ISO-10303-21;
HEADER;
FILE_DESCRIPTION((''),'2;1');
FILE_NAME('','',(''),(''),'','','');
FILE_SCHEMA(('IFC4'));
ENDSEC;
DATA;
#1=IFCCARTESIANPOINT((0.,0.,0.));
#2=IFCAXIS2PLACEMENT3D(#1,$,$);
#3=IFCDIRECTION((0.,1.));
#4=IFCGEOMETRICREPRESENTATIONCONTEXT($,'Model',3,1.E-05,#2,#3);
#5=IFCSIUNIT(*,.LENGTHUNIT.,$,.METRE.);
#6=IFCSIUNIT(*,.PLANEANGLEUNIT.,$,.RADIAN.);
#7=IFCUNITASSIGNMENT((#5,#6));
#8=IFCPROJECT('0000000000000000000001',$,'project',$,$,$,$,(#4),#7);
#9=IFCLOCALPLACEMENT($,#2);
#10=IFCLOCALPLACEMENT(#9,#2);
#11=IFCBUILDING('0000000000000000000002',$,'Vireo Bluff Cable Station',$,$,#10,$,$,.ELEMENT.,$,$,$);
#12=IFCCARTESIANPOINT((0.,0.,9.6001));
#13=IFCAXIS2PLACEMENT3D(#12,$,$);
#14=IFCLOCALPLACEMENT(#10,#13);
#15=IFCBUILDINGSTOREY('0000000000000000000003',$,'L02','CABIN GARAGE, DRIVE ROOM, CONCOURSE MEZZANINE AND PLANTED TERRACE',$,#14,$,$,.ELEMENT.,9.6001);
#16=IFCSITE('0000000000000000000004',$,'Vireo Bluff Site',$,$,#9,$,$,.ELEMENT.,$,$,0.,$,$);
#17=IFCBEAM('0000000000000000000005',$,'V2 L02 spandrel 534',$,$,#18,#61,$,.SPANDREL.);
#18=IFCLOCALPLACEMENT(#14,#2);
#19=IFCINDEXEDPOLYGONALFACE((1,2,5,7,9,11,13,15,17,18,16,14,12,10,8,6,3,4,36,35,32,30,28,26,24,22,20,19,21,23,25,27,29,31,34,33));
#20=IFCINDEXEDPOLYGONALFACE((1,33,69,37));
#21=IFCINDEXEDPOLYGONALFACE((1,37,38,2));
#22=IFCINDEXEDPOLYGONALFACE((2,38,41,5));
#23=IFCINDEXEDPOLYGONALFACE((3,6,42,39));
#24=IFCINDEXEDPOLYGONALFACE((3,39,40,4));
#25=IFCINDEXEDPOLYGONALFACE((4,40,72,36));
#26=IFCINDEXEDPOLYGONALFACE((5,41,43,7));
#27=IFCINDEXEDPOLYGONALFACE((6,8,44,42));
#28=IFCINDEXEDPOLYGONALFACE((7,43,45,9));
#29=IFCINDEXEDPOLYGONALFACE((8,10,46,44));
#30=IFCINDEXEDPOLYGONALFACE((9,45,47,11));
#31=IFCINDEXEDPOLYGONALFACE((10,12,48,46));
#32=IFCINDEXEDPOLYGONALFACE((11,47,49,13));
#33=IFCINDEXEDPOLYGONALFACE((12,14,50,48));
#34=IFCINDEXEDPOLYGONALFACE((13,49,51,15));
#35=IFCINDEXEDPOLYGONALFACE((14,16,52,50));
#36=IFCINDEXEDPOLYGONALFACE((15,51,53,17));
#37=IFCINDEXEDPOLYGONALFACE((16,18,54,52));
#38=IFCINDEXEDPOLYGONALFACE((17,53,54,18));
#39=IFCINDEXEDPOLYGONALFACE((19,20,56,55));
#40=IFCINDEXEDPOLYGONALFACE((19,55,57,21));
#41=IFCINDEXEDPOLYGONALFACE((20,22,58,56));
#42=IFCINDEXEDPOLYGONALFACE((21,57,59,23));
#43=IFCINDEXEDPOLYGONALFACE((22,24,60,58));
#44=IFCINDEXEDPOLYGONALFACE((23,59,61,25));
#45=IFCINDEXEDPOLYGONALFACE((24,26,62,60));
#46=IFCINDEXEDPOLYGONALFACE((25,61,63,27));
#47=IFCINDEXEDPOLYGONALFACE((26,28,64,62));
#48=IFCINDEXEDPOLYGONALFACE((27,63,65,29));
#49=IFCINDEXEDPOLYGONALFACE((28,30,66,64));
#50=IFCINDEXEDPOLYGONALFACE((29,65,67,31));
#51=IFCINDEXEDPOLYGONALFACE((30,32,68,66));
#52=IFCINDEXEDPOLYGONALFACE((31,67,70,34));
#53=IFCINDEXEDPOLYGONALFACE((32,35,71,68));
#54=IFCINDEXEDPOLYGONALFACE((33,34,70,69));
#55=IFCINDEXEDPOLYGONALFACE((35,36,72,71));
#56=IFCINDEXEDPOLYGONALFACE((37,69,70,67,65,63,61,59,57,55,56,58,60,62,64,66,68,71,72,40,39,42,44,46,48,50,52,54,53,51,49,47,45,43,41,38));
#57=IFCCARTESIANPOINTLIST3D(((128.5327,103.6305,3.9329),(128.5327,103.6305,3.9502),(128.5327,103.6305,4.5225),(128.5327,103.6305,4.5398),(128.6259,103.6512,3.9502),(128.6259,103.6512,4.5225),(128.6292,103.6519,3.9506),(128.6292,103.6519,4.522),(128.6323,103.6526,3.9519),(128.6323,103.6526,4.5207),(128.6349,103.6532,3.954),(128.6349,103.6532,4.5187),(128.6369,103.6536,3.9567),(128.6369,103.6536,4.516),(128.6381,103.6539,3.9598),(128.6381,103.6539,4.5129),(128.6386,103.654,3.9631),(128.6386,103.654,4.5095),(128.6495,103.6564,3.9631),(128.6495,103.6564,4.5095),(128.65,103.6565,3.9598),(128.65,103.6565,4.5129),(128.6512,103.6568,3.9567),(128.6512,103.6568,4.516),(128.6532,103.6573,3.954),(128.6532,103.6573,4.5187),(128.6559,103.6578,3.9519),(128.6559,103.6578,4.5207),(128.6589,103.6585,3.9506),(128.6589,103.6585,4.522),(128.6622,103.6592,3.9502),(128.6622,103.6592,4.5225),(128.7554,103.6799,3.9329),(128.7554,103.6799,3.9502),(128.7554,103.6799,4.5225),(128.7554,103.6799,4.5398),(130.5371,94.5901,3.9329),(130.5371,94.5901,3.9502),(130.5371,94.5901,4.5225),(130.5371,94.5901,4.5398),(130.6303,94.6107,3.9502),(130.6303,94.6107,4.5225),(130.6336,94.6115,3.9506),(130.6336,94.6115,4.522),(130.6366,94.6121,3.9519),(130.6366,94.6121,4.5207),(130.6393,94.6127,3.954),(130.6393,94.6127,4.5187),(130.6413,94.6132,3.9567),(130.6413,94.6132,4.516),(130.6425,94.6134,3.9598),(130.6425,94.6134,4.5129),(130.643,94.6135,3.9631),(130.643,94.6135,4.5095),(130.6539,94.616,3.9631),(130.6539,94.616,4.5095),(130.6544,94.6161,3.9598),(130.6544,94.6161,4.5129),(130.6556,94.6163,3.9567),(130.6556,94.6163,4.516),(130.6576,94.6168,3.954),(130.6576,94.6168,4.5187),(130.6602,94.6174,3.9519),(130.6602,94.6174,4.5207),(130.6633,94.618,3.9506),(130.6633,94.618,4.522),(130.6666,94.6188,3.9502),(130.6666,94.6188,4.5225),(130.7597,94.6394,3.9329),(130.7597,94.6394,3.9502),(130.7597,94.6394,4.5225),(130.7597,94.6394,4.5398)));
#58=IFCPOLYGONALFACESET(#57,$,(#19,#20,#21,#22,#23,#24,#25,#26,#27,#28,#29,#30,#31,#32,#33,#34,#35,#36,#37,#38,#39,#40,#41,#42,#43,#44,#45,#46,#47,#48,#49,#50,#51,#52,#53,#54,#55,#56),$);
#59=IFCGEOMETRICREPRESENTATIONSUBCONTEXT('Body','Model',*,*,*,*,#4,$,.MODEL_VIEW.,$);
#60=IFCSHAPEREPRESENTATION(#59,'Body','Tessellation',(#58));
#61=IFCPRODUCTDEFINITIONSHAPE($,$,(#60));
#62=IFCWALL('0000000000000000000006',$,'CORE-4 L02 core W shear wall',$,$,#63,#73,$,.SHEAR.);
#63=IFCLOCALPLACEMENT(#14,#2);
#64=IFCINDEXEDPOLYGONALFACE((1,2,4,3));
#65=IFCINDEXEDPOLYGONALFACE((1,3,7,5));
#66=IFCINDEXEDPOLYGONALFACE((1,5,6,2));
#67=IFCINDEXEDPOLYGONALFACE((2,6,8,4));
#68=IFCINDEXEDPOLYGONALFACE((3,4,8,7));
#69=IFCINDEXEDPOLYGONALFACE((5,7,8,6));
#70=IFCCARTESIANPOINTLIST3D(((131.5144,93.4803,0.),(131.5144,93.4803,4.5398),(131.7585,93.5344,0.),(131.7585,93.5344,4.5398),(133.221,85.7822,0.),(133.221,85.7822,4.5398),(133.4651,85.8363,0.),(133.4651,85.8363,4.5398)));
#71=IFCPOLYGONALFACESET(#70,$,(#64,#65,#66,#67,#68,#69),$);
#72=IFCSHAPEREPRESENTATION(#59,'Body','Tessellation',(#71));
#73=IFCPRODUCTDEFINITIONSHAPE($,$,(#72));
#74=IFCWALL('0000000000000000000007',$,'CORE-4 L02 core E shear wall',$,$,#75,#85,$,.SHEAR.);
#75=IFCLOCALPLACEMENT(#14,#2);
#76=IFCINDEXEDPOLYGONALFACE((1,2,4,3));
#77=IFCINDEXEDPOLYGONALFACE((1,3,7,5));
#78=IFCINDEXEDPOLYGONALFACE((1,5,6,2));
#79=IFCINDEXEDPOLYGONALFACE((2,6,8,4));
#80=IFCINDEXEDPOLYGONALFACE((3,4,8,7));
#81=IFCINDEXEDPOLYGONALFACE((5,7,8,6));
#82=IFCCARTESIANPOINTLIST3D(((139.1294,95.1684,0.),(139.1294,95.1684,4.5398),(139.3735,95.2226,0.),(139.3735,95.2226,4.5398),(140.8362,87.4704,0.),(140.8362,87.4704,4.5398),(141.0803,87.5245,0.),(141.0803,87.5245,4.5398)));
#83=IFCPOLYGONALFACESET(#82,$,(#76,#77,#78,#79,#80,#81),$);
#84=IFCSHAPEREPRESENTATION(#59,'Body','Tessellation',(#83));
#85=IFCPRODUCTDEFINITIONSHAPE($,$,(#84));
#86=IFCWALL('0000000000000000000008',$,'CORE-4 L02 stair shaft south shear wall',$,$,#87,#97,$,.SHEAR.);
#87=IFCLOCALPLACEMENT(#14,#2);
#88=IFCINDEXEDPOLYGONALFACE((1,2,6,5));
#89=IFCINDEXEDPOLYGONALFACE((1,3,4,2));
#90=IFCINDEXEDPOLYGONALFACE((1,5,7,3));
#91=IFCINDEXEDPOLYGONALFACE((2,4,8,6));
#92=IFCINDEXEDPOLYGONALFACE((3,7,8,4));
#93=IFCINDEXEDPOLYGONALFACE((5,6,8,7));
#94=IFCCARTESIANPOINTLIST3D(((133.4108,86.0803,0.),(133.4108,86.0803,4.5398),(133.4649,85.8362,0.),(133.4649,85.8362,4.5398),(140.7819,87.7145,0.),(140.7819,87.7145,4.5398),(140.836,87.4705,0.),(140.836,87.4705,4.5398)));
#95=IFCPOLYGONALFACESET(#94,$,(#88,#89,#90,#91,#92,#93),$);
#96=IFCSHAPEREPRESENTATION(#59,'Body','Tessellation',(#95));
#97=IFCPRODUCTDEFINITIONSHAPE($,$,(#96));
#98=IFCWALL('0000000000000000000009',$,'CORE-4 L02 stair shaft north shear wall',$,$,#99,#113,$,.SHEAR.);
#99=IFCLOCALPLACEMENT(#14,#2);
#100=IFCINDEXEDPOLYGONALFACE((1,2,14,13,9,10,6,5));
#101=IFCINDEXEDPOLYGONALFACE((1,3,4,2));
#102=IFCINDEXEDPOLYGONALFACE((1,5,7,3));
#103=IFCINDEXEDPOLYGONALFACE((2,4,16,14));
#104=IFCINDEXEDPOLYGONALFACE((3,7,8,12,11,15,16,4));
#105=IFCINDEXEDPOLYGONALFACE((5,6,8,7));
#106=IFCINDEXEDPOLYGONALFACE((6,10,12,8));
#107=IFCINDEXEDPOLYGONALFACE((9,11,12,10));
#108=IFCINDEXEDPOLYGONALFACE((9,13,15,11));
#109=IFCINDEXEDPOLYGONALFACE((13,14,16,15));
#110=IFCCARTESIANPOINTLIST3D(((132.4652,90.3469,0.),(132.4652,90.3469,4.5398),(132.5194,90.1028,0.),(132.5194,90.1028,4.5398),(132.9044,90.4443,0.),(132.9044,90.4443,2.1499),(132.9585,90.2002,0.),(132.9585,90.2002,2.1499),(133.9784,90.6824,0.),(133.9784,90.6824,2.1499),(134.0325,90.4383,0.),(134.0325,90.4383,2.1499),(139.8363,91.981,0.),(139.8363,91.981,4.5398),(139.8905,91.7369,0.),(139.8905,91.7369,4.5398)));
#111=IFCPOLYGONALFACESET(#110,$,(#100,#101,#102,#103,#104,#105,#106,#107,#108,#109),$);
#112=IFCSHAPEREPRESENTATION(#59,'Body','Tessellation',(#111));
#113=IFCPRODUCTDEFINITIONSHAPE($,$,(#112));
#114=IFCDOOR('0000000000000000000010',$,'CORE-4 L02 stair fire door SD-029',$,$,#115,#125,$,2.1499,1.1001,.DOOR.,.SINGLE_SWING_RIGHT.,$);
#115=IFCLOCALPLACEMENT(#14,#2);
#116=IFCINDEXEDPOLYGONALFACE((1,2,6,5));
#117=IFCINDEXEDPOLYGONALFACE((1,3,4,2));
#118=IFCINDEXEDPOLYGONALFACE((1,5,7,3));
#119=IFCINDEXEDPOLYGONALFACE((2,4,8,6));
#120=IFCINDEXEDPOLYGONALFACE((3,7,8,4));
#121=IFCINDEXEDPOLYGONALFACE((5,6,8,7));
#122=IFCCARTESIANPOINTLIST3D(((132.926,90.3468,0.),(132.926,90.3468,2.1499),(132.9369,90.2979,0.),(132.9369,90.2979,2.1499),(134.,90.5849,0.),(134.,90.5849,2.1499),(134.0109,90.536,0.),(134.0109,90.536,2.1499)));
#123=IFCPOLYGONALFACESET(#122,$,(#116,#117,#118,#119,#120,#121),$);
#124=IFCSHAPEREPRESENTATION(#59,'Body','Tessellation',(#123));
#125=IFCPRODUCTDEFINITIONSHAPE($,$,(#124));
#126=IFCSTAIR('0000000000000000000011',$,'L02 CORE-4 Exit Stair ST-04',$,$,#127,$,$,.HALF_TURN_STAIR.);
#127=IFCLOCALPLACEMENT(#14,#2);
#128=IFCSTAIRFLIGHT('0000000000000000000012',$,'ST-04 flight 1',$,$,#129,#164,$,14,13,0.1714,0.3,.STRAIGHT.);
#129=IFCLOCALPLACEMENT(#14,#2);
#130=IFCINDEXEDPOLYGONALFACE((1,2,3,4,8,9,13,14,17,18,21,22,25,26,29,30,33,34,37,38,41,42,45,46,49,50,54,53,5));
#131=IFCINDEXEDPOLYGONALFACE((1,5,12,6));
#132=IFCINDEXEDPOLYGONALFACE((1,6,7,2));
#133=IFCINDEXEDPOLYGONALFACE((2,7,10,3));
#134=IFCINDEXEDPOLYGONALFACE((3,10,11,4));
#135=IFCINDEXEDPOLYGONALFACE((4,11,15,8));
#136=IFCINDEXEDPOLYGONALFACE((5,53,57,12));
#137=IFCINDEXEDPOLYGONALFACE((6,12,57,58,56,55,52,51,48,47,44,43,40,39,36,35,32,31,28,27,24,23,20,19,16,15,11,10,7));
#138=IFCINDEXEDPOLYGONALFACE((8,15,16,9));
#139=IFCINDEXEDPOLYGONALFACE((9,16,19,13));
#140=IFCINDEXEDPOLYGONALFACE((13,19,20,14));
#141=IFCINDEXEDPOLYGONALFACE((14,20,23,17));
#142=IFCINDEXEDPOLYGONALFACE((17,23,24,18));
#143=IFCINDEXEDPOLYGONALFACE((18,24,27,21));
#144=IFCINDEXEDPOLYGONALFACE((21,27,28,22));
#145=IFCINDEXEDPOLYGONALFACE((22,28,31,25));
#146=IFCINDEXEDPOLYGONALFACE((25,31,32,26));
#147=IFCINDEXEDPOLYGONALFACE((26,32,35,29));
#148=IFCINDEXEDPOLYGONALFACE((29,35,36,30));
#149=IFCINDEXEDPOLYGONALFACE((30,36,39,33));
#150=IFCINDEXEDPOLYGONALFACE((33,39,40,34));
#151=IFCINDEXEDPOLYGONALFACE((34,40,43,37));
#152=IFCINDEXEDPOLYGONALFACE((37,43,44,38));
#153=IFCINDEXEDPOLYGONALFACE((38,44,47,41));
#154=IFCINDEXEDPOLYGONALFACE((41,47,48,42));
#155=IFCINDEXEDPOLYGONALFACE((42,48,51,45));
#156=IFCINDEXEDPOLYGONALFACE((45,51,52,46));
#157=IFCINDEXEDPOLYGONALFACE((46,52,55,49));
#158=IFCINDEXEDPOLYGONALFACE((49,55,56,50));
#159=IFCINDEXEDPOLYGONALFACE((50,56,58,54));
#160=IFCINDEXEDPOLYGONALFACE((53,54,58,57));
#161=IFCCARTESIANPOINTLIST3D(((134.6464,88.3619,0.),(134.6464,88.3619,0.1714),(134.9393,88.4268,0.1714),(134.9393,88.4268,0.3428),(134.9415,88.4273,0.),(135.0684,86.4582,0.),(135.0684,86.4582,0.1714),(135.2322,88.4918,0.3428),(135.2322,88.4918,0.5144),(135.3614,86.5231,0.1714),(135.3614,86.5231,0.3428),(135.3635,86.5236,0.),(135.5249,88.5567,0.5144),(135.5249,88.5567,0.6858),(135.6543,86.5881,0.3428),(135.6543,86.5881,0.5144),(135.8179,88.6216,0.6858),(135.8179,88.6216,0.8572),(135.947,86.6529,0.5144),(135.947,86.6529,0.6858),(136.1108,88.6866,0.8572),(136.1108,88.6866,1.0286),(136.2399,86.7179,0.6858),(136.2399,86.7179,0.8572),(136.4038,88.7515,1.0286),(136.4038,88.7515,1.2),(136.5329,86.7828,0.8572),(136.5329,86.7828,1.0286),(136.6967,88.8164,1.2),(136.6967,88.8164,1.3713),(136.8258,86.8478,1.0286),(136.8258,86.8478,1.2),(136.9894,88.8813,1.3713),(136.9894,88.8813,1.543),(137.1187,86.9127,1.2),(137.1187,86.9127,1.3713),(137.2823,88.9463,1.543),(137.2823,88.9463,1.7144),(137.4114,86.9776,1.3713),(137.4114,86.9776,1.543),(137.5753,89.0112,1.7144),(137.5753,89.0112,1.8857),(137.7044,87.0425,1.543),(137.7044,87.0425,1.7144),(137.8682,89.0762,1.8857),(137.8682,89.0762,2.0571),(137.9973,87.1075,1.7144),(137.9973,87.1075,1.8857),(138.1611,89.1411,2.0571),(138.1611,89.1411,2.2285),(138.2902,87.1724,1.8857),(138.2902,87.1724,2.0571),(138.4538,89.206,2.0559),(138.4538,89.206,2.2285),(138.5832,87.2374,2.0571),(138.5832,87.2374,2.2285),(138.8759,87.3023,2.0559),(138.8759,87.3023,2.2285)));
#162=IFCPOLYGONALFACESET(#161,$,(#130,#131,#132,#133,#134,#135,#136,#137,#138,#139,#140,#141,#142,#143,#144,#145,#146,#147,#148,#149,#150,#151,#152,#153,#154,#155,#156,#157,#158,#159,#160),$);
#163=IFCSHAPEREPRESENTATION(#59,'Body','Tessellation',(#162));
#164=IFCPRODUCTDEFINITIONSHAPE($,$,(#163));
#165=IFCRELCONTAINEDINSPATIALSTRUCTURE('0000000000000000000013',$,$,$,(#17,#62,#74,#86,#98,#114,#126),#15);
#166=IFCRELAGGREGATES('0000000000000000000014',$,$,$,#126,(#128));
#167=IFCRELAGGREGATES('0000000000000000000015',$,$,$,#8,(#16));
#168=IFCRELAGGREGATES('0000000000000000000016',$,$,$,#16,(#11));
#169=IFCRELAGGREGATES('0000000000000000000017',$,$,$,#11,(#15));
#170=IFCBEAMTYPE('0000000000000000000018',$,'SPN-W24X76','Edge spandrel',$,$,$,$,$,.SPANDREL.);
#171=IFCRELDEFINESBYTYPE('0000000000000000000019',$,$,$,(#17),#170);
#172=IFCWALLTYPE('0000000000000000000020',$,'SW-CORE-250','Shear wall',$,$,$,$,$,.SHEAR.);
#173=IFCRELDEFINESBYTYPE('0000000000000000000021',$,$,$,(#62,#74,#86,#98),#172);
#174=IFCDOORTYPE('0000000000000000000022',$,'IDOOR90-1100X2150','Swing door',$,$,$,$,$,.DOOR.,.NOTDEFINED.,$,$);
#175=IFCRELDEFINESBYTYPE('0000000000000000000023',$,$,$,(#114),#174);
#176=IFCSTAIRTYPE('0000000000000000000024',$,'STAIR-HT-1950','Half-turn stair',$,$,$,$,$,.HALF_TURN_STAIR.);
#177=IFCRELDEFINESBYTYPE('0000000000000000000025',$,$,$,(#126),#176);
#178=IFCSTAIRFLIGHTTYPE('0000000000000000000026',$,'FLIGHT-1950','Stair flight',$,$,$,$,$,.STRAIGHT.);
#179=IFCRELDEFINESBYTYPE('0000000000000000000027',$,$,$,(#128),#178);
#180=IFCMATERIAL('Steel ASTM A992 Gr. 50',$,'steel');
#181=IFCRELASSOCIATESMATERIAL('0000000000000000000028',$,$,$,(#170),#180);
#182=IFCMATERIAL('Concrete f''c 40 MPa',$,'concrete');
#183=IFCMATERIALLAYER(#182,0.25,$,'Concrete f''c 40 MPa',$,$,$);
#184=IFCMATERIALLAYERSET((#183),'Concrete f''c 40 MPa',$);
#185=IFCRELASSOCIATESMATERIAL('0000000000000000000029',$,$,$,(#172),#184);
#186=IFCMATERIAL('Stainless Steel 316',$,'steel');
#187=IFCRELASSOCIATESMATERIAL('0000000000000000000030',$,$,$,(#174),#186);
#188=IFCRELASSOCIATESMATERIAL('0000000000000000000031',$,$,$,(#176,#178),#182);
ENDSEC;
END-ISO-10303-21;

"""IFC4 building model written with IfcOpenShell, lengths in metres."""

from ifc_helpers import new_model, si_unit, direction, frame, frame_2d, origin, origin_with_axes, origin_2d, place, context, subcontext, project, spatial, polyline, rectangle, i_section, outline, extrude, material, layer, layer_set, material_profile, profile_set, type_object, element, fill, aggregate, save


model = new_model("IFC4")

# Units and contexts
model_context = context("Model", 3, precision=1e-05, world=origin(), true_north=direction((0.0, 1.0)))
body_context = subcontext(model_context, "Body", "Model", "MODEL_VIEW")
ifc_project = project(units=[si_unit("LENGTHUNIT", "METRE"), si_unit("PLANEANGLEUNIT", "RADIAN")], contexts=[model_context])

# Site, building, storey
site_placement = place(None, origin())
site = spatial("IfcSite", under=ifc_project, at=site_placement, Name="Vireo Bluff Site", CompositionType="ELEMENT", RefElevation=0.0)
building_placement = place(site_placement, origin())
building = spatial("IfcBuilding", under=site, at=building_placement, Name="Vireo Bluff Cable Station", CompositionType="ELEMENT")
storey_placement = place(building_placement, frame((0.0, 0.0, 9.6001)))
storey = spatial("IfcBuildingStorey", under=building, at=storey_placement, Name="L02", Description="CABIN GARAGE, DRIVE ROOM, CONCOURSE MEZZANINE AND PLANTED TERRACE", CompositionType="ELEMENT", Elevation=9.6001)

# Shared definitions
ifc_material_1 = material(Name="Steel ASTM A992 Gr. 50", Category="steel")

# Beam
ifc_material_profile_1 = material_profile(ifc_material_1, i_section(OverallWidth=0.228, OverallDepth=0.6069, WebThickness=0.0112, FlangeThickness=0.0173, FilletRadius=0.0129, at=origin_2d()), Name="W24X76")
ifc_profile_set_1 = profile_set([ifc_material_profile_1], Name="Steel ASTM A992 Gr. 50")
beam_type_1 = type_object("IfcBeamType", Name="SPN-W24X76", Description="Edge spandrel", PredefinedType="SPANDREL", material=ifc_profile_set_1)
beam_1_placement = place(storey_placement, frame((130.6484, 94.6147, 4.2363), z_axis=(-0.216456, 0.976292, 0.0), x_axis=(-0.976292, -0.216456, 0.0)))
element("IfcBeam", 1, at=beam_1_placement, inside=storey, type_object=beam_type_1, Name="V2 L02 spandrel 534", PredefinedType="SPANDREL", context=body_context, shape_type="SweptSolid", body=[
    extrude(i_section(OverallWidth=0.228, OverallDepth=0.6069, WebThickness=0.0112, FlangeThickness=0.0173, FilletRadius=0.0129, at=origin_2d()), origin(), (0.0, 0.0, 1.0), 9.26),
])

# Walls
ifc_material_2 = material(Name="Concrete f'c 40 MPa", Category="concrete")
ifc_layer = layer(ifc_material_2, 0.25, Name="Concrete f'c 40 MPa")
ifc_layer_set = layer_set([ifc_layer], Name="Concrete f'c 40 MPa")
wall_type = type_object("IfcWallType", Name="SW-CORE-250", Description="Shear wall", PredefinedType="SHEAR", material=ifc_layer_set)
for number, where, z_axis, x_axis, name in (
    (2, (133.343, 85.8093, 0.0), (0.0, 0.0, 1.0), (-0.216432, 0.976298, 0.0), "CORE-4 L02 core W shear wall"),
    (3, (140.9583, 87.4976, 0.0), (0.0, 0.0, 1.0), (-0.216462, 0.976291, 0.0), "CORE-4 L02 core E shear wall"),
):
    element("IfcWall", number, at=place(storey_placement, frame(where, z_axis=z_axis, x_axis=x_axis)), inside=storey, type_object=wall_type, Name=name, PredefinedType="SHEAR", context=body_context, shape_type="SweptSolid", body=[
        extrude(rectangle(XDim=7.885, YDim=0.25, at=frame_2d((3.9424, 0.0))), origin(), (0.0, 0.0, 1.0), 4.5398),
    ])
wall_1_placement = place(storey_placement, frame((133.438, 85.9583, 0.0), z_axis=(0.0, 0.0, 1.0), x_axis=(0.976292, 0.216458, 0.0)))
element("IfcWall", 4, at=wall_1_placement, inside=storey, type_object=wall_type, Name="CORE-4 L02 stair shaft south shear wall", PredefinedType="SHEAR", context=body_context, shape_type="SweptSolid", body=[
    extrude(rectangle(XDim=7.55, YDim=0.25, at=frame_2d((3.7749, 0.0))), origin(), (0.0, 0.0, 1.0), 4.5398),
])

# Wall, opening, door
wall_2_placement = place(storey_placement, frame((139.8633, 91.8589, 0.0), z_axis=(0.0, 0.0, 1.0), x_axis=(-0.976299, -0.216427, 0.0)))
wall_2 = element("IfcWall", 5, at=wall_2_placement, inside=storey, type_object=wall_type, Name="CORE-4 L02 stair shaft north shear wall", PredefinedType="SHEAR", context=body_context, shape_type="SweptSolid", body=[
    extrude(rectangle(XDim=7.55, YDim=0.25, at=frame_2d((3.7749, 0.0))), origin(), (0.0, 0.0, 1.0), 4.5398),
])
opening_1_placement = place(wall_2_placement, frame((6.0, 0.0, 0.0)))
opening_1 = element("IfcOpeningElement", 6, at=opening_1_placement, cuts=wall_2, PredefinedType="OPENING", context=body_context, shape_type="SweptSolid", body=[
    extrude(rectangle(XDim=1.1001, YDim=2.1499, at=frame_2d((0.55, 1.075))), frame((0.0, 0.135, 0.0), z_axis=(0.0, -1.0, 0.0), x_axis=(1.0, 0.0, 0.0)), (0.0, 0.0, 1.0), 0.27),
])
ifc_material_3 = material(Name="Stainless Steel 316", Category="steel")
door_type_1 = type_object("IfcDoorType", Name="IDOOR90-1100X2150", Description="Swing door", OperationType="NOTDEFINED", PredefinedType="DOOR", material=ifc_material_3)
door_1_placement = place(opening_1_placement, origin_with_axes())
door_1 = element("IfcDoor", 7, at=door_1_placement, inside=storey, type_object=door_type_1, Name="CORE-4 L02 stair fire door SD-029", OperationType="SINGLE_SWING_RIGHT", OverallHeight=2.1499, OverallWidth=1.1001, PredefinedType="DOOR", context=body_context, shape_type="SweptSolid", body=[
    extrude(rectangle(XDim=1.1001, YDim=2.1499, at=frame_2d((0.55, 1.075))), frame((0.0, 0.0249, 0.0), z_axis=(0.0, -1.0, 0.0), x_axis=(1.0, 0.0, 0.0)), (0.0, 0.0, 1.0), 0.05),
])
fill(opening_1, door_1)

# Stair, stair flight
stair_type = type_object("IfcStairType", Name="STAIR-HT-1950", Description="Half-turn stair", PredefinedType="HALF_TURN_STAIR", material=ifc_material_2)
stair_placement = place(storey_placement, origin())
stair = element("IfcStair", 8, at=stair_placement, inside=storey, type_object=stair_type, Name="L02 CORE-4 Exit Stair ST-04", PredefinedType="HALF_TURN_STAIR")
stair_flight_type = type_object("IfcStairFlightType", Name="FLIGHT-1950", Description="Stair flight", PredefinedType="STRAIGHT", material=ifc_material_2)
stair_flight_1_placement = place(storey_placement, frame((134.8574, 87.4099, 0.0), z_axis=(0.0, 0.0, 1.0), x_axis=(0.976296, 0.21644, 0.0)))
stair_flight_1 = element("IfcStairFlight", 9, at=stair_flight_1_placement, type_object=stair_flight_type, Name="ST-04 flight 1", NumberOfRisers=14, NumberOfTreads=13, PredefinedType="STRAIGHT", RiserHeight=0.1714, TreadLength=0.3, context=body_context, shape_type="SweptSolid", body=[
    extrude(outline(polyline([(0.0, 0.0), (0.0, 0.1714), (0.3, 0.1714), (0.3, 0.3428), (0.6001, 0.3428), (0.6001, 0.5144), (0.8999, 0.5144), (0.8999, 0.6858), (1.2, 0.6858), (1.2, 0.8572), (1.5, 0.8572), (1.5, 1.0286), (1.8, 1.0286), (1.8, 1.2), (2.1001, 1.2), (2.1001, 1.3713), (2.3999, 1.3713), (2.3999, 1.543), (2.7, 1.543), (2.7, 1.7144), (3.0, 1.7144), (3.0, 1.8857), (3.3, 1.8857), (3.3, 2.0571), (3.6001, 2.0571), (3.6001, 2.2285), (3.8999, 2.2285), (3.8999, 2.3999), (3.8999, 2.0559), (0.3022, 0.0), (0.0, 0.0)])), frame((0.0, 0.9751, 0.0), z_axis=(0.0, -1.0, 0.0), x_axis=(1.0, 0.0, 0.0)), (0.0, 0.0, 1.0), 1.95),
])
aggregate(stair, [stair_flight_1])

save(model, "model.ifc")
